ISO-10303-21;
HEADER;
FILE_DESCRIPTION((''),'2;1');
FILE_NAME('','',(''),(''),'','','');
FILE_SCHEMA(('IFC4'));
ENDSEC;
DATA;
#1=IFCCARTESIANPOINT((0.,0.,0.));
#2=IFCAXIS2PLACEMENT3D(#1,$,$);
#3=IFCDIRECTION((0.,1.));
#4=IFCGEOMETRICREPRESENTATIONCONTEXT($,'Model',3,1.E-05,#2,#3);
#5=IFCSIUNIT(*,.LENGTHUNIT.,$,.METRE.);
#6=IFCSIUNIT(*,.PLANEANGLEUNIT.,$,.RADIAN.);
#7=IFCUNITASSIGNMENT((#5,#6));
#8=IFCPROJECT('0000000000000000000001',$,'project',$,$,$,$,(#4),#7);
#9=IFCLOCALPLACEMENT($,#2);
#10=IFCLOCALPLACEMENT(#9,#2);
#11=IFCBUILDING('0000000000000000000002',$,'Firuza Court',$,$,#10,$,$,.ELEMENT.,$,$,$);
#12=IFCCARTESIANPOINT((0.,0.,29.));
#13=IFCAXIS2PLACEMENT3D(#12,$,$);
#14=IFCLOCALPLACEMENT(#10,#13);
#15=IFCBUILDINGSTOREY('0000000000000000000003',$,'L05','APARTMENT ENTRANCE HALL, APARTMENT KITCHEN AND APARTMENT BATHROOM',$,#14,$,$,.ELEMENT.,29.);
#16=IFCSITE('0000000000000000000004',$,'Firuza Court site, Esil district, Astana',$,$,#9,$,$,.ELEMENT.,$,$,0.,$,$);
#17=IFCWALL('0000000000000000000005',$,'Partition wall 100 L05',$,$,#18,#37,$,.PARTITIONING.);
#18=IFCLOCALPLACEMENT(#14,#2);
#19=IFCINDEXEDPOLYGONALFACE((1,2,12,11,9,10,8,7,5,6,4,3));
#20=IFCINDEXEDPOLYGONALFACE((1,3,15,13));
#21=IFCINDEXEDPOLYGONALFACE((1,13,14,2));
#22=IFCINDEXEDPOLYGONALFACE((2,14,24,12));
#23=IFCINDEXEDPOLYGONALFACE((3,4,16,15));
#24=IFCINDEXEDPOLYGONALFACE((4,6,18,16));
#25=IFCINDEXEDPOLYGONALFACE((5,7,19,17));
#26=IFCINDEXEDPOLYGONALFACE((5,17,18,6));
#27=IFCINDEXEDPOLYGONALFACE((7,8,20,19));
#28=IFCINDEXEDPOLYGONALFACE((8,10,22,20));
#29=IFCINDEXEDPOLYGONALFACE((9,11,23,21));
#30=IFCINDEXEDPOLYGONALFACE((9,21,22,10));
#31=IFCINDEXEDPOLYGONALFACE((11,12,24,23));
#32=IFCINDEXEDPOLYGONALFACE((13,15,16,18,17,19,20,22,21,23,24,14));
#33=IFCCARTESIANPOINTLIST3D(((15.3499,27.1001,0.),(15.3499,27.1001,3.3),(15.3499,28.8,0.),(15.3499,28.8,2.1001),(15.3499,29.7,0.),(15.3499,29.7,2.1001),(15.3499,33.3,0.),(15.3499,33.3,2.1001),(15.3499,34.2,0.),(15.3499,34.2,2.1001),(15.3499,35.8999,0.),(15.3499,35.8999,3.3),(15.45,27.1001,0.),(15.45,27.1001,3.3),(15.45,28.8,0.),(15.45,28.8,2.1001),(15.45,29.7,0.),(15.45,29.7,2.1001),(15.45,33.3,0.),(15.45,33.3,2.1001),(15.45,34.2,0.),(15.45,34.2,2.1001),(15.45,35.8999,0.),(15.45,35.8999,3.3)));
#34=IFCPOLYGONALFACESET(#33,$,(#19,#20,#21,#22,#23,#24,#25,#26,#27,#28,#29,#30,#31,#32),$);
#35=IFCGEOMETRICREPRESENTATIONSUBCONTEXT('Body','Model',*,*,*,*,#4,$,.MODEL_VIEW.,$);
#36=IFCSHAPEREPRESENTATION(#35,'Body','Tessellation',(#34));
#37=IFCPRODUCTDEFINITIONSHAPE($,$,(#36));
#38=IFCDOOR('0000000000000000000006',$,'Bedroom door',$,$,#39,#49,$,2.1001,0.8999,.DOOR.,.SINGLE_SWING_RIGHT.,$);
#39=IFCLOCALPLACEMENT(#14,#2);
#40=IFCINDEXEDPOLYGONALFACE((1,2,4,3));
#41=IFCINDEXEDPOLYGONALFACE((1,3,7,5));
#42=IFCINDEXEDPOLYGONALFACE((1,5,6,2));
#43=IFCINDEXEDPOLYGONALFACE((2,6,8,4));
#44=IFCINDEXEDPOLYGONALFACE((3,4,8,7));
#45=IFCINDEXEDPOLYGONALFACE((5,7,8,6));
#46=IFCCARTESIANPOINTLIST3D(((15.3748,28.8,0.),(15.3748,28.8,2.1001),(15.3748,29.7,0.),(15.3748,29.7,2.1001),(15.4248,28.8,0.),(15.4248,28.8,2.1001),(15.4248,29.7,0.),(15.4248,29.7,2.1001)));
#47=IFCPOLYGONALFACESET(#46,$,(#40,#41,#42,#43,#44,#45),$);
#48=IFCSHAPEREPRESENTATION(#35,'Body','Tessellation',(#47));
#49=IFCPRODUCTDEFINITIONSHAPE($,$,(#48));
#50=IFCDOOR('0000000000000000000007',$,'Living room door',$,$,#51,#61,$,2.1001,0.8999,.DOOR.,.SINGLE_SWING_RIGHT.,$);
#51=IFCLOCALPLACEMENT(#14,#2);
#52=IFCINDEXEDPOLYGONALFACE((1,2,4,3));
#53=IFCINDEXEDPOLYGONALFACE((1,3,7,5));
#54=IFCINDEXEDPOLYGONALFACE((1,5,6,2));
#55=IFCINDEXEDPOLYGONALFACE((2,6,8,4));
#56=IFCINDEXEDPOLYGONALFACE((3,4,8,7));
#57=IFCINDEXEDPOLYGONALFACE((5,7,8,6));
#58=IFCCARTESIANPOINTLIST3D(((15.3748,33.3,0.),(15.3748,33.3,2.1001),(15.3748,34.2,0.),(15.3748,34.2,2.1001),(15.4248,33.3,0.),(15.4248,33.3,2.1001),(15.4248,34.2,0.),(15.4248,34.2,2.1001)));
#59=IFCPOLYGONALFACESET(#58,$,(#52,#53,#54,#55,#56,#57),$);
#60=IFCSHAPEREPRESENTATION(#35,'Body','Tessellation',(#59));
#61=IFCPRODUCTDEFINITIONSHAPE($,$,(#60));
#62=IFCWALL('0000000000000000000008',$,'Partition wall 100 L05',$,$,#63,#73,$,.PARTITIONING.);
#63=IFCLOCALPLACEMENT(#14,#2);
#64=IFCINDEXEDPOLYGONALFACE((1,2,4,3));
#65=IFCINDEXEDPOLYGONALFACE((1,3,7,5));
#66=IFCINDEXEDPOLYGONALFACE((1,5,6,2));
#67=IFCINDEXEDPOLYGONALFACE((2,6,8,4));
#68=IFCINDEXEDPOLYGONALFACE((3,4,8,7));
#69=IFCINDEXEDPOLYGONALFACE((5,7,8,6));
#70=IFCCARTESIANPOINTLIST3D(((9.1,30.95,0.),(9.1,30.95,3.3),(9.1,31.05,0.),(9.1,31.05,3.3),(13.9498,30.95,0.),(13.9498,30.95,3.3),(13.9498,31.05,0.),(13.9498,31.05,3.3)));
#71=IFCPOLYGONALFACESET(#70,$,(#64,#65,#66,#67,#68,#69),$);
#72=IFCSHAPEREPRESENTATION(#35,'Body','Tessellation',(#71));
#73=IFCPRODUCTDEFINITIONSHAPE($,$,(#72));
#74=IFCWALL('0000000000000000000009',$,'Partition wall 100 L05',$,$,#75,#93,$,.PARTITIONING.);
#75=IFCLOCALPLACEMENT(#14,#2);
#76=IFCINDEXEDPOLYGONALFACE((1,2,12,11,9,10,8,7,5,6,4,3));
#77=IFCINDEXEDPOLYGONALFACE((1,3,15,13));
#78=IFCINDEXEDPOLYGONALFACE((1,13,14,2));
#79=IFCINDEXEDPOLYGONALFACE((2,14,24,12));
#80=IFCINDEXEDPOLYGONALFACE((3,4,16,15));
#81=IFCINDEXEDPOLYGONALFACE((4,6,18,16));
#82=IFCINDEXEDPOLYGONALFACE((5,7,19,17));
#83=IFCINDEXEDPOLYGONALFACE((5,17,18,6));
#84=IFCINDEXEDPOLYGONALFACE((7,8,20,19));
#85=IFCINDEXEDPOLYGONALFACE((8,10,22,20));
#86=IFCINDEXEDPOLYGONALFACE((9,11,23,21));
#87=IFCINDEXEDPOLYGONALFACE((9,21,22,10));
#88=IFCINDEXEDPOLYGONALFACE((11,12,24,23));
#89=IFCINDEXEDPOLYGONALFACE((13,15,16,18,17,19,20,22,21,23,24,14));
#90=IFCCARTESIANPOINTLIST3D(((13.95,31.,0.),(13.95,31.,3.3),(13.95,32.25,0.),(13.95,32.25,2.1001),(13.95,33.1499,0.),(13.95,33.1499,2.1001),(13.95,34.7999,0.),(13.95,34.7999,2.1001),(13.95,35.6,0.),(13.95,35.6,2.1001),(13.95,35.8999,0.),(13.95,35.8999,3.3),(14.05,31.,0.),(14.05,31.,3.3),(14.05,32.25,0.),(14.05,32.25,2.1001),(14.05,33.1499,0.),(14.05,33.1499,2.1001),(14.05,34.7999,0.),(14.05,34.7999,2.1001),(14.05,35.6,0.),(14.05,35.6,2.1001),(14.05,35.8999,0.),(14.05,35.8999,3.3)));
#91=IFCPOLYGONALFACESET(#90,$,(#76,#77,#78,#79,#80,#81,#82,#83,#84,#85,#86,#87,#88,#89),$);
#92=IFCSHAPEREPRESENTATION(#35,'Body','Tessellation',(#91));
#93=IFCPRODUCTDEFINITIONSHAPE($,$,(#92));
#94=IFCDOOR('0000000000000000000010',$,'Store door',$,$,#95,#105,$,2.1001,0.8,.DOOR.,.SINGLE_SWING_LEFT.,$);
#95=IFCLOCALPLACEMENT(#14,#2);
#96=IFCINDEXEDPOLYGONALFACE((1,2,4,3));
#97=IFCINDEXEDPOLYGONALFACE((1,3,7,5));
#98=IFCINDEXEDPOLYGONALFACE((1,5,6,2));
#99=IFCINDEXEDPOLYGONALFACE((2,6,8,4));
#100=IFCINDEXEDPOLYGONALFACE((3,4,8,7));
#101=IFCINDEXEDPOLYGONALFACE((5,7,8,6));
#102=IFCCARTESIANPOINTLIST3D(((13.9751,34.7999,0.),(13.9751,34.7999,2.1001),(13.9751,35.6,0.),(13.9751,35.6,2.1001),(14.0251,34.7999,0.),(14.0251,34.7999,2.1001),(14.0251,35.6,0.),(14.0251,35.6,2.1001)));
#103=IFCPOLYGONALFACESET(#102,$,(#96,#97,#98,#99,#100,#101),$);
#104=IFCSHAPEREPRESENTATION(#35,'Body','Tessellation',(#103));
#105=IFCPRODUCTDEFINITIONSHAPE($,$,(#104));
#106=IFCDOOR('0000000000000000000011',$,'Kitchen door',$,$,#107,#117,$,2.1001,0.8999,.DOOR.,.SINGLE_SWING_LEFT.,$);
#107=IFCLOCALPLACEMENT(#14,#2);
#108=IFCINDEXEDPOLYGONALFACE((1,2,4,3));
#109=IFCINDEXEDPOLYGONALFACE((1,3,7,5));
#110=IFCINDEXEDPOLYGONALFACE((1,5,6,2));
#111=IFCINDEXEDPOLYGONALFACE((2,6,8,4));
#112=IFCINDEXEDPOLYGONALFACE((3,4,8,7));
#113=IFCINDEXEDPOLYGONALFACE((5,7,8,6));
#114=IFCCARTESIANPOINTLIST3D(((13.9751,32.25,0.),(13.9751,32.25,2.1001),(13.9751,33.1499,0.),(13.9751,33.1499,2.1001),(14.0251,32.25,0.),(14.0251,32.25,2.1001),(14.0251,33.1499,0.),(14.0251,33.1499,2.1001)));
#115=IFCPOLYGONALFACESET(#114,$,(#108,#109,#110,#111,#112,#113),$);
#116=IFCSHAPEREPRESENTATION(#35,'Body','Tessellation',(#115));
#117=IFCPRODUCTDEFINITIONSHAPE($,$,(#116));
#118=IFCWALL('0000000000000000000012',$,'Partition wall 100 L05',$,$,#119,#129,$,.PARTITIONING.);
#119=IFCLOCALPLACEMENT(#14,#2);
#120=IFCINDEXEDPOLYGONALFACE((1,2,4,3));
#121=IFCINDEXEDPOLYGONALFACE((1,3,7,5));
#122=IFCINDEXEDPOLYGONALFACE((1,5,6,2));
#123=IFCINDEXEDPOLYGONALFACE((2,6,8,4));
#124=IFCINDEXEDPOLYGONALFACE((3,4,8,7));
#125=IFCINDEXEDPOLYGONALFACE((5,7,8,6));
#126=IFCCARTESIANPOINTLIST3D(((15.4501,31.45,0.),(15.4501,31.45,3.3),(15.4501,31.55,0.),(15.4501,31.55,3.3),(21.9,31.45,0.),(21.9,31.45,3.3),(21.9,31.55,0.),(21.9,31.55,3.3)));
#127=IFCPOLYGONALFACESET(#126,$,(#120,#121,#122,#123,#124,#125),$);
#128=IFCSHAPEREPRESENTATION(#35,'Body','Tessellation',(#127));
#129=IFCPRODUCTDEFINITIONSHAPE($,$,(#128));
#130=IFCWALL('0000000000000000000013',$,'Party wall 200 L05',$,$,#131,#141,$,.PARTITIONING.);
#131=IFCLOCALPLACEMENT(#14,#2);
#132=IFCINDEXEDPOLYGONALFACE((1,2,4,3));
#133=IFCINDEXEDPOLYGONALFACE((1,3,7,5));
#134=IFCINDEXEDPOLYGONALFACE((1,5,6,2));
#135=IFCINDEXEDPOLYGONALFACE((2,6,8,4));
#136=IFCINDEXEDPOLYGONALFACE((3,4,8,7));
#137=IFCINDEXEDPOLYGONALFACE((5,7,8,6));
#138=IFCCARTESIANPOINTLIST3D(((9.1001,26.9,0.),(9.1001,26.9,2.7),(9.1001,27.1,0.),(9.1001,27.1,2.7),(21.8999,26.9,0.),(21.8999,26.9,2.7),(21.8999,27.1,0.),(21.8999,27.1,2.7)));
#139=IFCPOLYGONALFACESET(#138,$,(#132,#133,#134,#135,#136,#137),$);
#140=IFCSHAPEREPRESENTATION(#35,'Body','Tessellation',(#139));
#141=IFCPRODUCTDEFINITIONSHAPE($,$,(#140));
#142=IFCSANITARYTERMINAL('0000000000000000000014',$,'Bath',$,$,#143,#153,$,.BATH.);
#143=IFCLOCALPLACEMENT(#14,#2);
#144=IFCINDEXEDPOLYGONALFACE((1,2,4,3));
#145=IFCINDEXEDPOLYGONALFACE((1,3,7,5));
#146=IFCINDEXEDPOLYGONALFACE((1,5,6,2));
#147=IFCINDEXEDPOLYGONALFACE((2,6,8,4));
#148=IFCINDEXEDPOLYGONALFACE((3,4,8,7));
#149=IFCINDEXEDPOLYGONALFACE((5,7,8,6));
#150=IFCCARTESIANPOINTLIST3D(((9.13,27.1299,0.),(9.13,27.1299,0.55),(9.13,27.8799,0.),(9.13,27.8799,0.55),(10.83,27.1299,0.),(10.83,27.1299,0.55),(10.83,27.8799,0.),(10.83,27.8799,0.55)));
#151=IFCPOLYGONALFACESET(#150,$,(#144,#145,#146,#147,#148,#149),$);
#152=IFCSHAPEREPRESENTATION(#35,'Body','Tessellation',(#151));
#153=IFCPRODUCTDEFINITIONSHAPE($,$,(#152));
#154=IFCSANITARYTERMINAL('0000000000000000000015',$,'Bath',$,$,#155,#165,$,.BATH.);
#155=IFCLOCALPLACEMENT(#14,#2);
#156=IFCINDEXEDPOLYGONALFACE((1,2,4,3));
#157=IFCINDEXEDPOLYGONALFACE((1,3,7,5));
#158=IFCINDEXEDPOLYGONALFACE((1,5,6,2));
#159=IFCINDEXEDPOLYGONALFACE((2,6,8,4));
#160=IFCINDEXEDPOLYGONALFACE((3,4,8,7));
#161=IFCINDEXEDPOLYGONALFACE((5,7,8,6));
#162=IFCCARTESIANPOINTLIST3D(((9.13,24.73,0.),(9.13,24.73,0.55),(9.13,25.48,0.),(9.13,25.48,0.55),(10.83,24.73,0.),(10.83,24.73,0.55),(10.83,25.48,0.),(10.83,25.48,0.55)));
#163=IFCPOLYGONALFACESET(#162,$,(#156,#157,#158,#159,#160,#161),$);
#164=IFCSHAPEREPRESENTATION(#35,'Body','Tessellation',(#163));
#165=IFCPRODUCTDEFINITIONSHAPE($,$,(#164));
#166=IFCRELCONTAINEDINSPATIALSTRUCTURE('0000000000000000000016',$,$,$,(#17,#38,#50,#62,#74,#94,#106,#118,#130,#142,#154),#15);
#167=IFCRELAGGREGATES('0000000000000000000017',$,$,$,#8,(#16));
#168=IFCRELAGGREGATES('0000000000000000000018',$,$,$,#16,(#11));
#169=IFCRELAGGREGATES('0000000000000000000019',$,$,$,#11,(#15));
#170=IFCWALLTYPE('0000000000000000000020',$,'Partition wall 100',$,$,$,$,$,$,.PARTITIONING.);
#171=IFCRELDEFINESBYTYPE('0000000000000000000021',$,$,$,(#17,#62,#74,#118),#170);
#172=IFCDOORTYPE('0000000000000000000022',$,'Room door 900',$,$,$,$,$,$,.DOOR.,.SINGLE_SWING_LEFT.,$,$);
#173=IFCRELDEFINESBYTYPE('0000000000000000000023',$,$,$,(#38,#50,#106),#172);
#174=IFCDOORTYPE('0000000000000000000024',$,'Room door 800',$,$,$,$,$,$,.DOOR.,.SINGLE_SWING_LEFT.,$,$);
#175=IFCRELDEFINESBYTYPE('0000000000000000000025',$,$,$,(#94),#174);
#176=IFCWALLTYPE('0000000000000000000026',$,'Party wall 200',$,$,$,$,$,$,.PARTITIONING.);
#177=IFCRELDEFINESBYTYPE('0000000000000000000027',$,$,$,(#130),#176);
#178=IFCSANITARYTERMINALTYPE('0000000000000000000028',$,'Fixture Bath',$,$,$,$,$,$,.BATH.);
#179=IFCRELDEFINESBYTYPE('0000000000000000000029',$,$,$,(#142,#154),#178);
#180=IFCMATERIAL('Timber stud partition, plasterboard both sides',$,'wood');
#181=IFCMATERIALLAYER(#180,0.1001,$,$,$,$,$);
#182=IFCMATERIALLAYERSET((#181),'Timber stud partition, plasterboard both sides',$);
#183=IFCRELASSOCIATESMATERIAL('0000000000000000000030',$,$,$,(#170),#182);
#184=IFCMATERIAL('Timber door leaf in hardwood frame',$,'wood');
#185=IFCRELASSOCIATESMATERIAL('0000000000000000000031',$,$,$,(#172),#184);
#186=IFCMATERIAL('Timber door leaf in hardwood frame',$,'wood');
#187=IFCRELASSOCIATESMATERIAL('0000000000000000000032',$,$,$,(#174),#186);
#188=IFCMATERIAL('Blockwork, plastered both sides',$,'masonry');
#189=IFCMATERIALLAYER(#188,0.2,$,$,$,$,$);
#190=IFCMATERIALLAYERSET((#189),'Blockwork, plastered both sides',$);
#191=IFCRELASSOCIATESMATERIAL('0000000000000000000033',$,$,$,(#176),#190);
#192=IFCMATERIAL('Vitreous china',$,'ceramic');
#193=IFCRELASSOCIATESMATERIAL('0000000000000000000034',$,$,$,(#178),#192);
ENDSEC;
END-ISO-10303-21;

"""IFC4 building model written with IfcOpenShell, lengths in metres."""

from ifc_helpers import new_model, si_unit, direction, frame, frame_2d, origin, origin_2d, place, context, subcontext, project, spatial, rectangle, extrude, material, layer, layer_set, type_object, element, fill, save


model = new_model("IFC4")

# Units and contexts
model_context = context("Model", 3, precision=1e-05, world=origin(), true_north=direction((0.0, 1.0)))
body_context = subcontext(model_context, "Body", "Model", "MODEL_VIEW")
ifc_project = project(units=[si_unit("LENGTHUNIT", "METRE"), si_unit("PLANEANGLEUNIT", "RADIAN")], contexts=[model_context])

# Site, building, storey
site_placement = place(None, origin())
site = spatial("IfcSite", under=ifc_project, at=site_placement, Name="Firuza Court site, Esil district, Astana", CompositionType="ELEMENT", RefElevation=0.0)
building_placement = place(site_placement, origin())
building = spatial("IfcBuilding", under=site, at=building_placement, Name="Firuza Court", CompositionType="ELEMENT")
storey_placement = place(building_placement, frame((0.0, 0.0, 29.0)))
storey = spatial("IfcBuildingStorey", under=building, at=storey_placement, Name="L05", Description="APARTMENT ENTRANCE HALL, APARTMENT KITCHEN AND APARTMENT BATHROOM", CompositionType="ELEMENT", Elevation=29.0)

# Shared definitions
ifc_material_1 = material(Name="Timber stud partition, plasterboard both sides", Category="wood")
ifc_layer_1 = layer(ifc_material_1, 0.1001)
ifc_layer_set_1 = layer_set([ifc_layer_1], Name="Timber stud partition, plasterboard both sides")
wall_type_1 = type_object("IfcWallType", Name="Partition wall 100", PredefinedType="PARTITIONING", material=ifc_layer_set_1)

# Wall, openings, doors
wall_1_placement = place(storey_placement, frame((15.3999, 27.1001, 0.0), z_axis=(0.0, 0.0, 1.0), x_axis=(0.0, 1.0, 0.0)))
wall_1 = element("IfcWall", 1, at=wall_1_placement, inside=storey, type_object=wall_type_1, Name="Partition wall 100 L05", PredefinedType="PARTITIONING", context=body_context, shape_type="SweptSolid", body=[
    extrude(rectangle(XDim=8.7998, YDim=0.1001, at=frame_2d((4.3999, 0.0))), origin(), (0.0, 0.0, 1.0), 3.3),
])
opening_1_placement = place(wall_1_placement, frame((1.7, 0.0, 0.0)))
opening_1 = element("IfcOpeningElement", 2, at=opening_1_placement, cuts=wall_1, PredefinedType="OPENING", context=body_context, shape_type="SweptSolid", body=[
    extrude(rectangle(XDim=0.8999, YDim=2.1001, at=frame_2d((0.45, 1.05))), frame((0.0, 0.062, 0.0), z_axis=(0.0, -1.0, 0.0), x_axis=(1.0, 0.0, 0.0)), (0.0, 0.0, 1.0), 0.124),
])
opening_2_placement = place(wall_1_placement, frame((6.2, 0.0, 0.0)))
opening_2 = element("IfcOpeningElement", 3, at=opening_2_placement, cuts=wall_1, PredefinedType="OPENING", context=body_context, shape_type="SweptSolid", body=[
    extrude(rectangle(XDim=0.8999, YDim=2.1001, at=frame_2d((0.45, 1.05))), frame((0.0, 0.062, 0.0), z_axis=(0.0, -1.0, 0.0), x_axis=(1.0, 0.0, 0.0)), (0.0, 0.0, 1.0), 0.124),
])
ifc_material_2 = material(Name="Timber door leaf in hardwood frame", Category="wood")
door_type_1 = type_object("IfcDoorType", Name="Room door 900", OperationType="SINGLE_SWING_LEFT", PredefinedType="DOOR", material=ifc_material_2)
door_1_placement = place(opening_1_placement, frame((0.8999, 0.0, 0.0), z_axis=(0.0, 0.0, 1.0), x_axis=(-1.0, 0.0, 0.0)))
door_1 = element("IfcDoor", 4, at=door_1_placement, inside=storey, type_object=door_type_1, Name="Bedroom door", OperationType="SINGLE_SWING_RIGHT", OverallHeight=2.1001, OverallWidth=0.8999, PredefinedType="DOOR", context=body_context, shape_type="SweptSolid", body=[
    extrude(rectangle(XDim=0.8999, YDim=2.1001, at=frame_2d((0.45, 1.05))), frame((0.0, 0.0249, 0.0), z_axis=(0.0, -1.0, 0.0), x_axis=(1.0, 0.0, 0.0)), (0.0, 0.0, 1.0), 0.05),
])
fill(opening_1, door_1)
door_2_placement = place(opening_2_placement, frame((0.8999, 0.0, 0.0), z_axis=(0.0, 0.0, 1.0), x_axis=(-1.0, 0.0, 0.0)))
door_2 = element("IfcDoor", 5, at=door_2_placement, inside=storey, type_object=door_type_1, Name="Living room door", OperationType="SINGLE_SWING_RIGHT", OverallHeight=2.1001, OverallWidth=0.8999, PredefinedType="DOOR", context=body_context, shape_type="SweptSolid", body=[
    extrude(rectangle(XDim=0.8999, YDim=2.1001, at=frame_2d((0.45, 1.05))), frame((0.0, 0.0249, 0.0), z_axis=(0.0, -1.0, 0.0), x_axis=(1.0, 0.0, 0.0)), (0.0, 0.0, 1.0), 0.05),
])
fill(opening_2, door_2)

# Wall
wall_2_placement = place(storey_placement, frame((9.1001, 31.0, 0.0), z_axis=(0.0, 0.0, 1.0), x_axis=(1.0, 0.0, 0.0)))
element("IfcWall", 6, at=wall_2_placement, inside=storey, type_object=wall_type_1, Name="Partition wall 100 L05", PredefinedType="PARTITIONING", context=body_context, shape_type="SweptSolid", body=[
    extrude(rectangle(XDim=4.8499, YDim=0.1001, at=frame_2d((2.4248, 0.0))), origin(), (0.0, 0.0, 1.0), 3.3),
])

# Wall, openings, doors
wall_3_placement = place(storey_placement, frame((14.0, 31.0, 0.0), z_axis=(0.0, 0.0, 1.0), x_axis=(0.0, 1.0, 0.0)))
wall_3 = element("IfcWall", 7, at=wall_3_placement, inside=storey, type_object=wall_type_1, Name="Partition wall 100 L05", PredefinedType="PARTITIONING", context=body_context, shape_type="SweptSolid", body=[
    extrude(rectangle(XDim=4.8999, YDim=0.1001, at=frame_2d((2.45, 0.0))), origin(), (0.0, 0.0, 1.0), 3.3),
])
opening_3_placement = place(wall_3_placement, frame((1.25, 0.0, 0.0)))
opening_3 = element("IfcOpeningElement", 8, at=opening_3_placement, cuts=wall_3, PredefinedType="OPENING", context=body_context, shape_type="SweptSolid", body=[
    extrude(rectangle(XDim=0.8999, YDim=2.1001, at=frame_2d((0.45, 1.05))), frame((0.0, 0.062, 0.0), z_axis=(0.0, -1.0, 0.0), x_axis=(1.0, 0.0, 0.0)), (0.0, 0.0, 1.0), 0.124),
])
opening_4_placement = place(wall_3_placement, frame((3.8, 0.0, 0.0)))
opening_4 = element("IfcOpeningElement", 9, at=opening_4_placement, cuts=wall_3, PredefinedType="OPENING", context=body_context, shape_type="SweptSolid", body=[
    extrude(rectangle(XDim=0.8, YDim=2.1001, at=frame_2d((0.3999, 1.05))), frame((0.0, 0.062, 0.0), z_axis=(0.0, -1.0, 0.0), x_axis=(1.0, 0.0, 0.0)), (0.0, 0.0, 1.0), 0.124),
])
ifc_material_3 = material(Name="Timber door leaf in hardwood frame", Category="wood")
door_type_2 = type_object("IfcDoorType", Name="Room door 800", OperationType="SINGLE_SWING_LEFT", PredefinedType="DOOR", material=ifc_material_3)
door_3_placement = place(opening_4_placement, origin())
door_3 = element("IfcDoor", 10, at=door_3_placement, inside=storey, type_object=door_type_2, Name="Store door", OperationType="SINGLE_SWING_LEFT", OverallHeight=2.1001, OverallWidth=0.8, PredefinedType="DOOR", context=body_context, shape_type="SweptSolid", body=[
    extrude(rectangle(XDim=0.8, YDim=2.1001, at=frame_2d((0.3999, 1.05))), frame((0.0, 0.0249, 0.0), z_axis=(0.0, -1.0, 0.0), x_axis=(1.0, 0.0, 0.0)), (0.0, 0.0, 1.0), 0.05),
])
fill(opening_4, door_3)
door_4_placement = place(opening_3_placement, origin())
door_4 = element("IfcDoor", 11, at=door_4_placement, inside=storey, type_object=door_type_1, Name="Kitchen door", OperationType="SINGLE_SWING_LEFT", OverallHeight=2.1001, OverallWidth=0.8999, PredefinedType="DOOR", context=body_context, shape_type="SweptSolid", body=[
    extrude(rectangle(XDim=0.8999, YDim=2.1001, at=frame_2d((0.45, 1.05))), frame((0.0, 0.0249, 0.0), z_axis=(0.0, -1.0, 0.0), x_axis=(1.0, 0.0, 0.0)), (0.0, 0.0, 1.0), 0.05),
])
fill(opening_3, door_4)

# Walls
wall_4_placement = place(storey_placement, frame((15.45, 31.5, 0.0), z_axis=(0.0, 0.0, 1.0), x_axis=(1.0, 0.0, 0.0)))
element("IfcWall", 12, at=wall_4_placement, inside=storey, type_object=wall_type_1, Name="Partition wall 100 L05", PredefinedType="PARTITIONING", context=body_context, shape_type="SweptSolid", body=[
    extrude(rectangle(XDim=6.45, YDim=0.1001, at=frame_2d((3.2251, 0.0))), origin(), (0.0, 0.0, 1.0), 3.3),
])
ifc_material_4 = material(Name="Blockwork, plastered both sides", Category="masonry")
ifc_layer_2 = layer(ifc_material_4, 0.2)
ifc_layer_set_2 = layer_set([ifc_layer_2], Name="Blockwork, plastered both sides")
wall_type_2 = type_object("IfcWallType", Name="Party wall 200", PredefinedType="PARTITIONING", material=ifc_layer_set_2)
wall_5_placement = place(storey_placement, frame((9.1001, 27.0, 0.0), z_axis=(0.0, 0.0, 1.0), x_axis=(1.0, 0.0, 0.0)))
element("IfcWall", 13, at=wall_5_placement, inside=storey, type_object=wall_type_2, Name="Party wall 200 L05", PredefinedType="PARTITIONING", context=body_context, shape_type="SweptSolid", body=[
    extrude(rectangle(XDim=12.7998, YDim=0.2, at=frame_2d((6.3999, 0.0))), origin(), (0.0, 0.0, 1.0), 2.7),
])

# Sanitary terminals
ifc_material_5 = material(Name="Vitreous china", Category="ceramic")
sanitary_terminal_type_1 = type_object("IfcSanitaryTerminalType", Name="Fixture Bath", PredefinedType="BATH", material=ifc_material_5)
for number, where, z_axis, x_axis, name in (
    (14, (9.98, 27.5049, 0.0), (0.0, 0.0, 1.0), (1.0, 0.0, 0.0), "Bath"),
    (15, (9.98, 25.105, 0.0), (0.0, 0.0, 1.0), (1.0, 0.0, 0.0), "Bath"),
):
    element("IfcSanitaryTerminal", number, at=place(storey_placement, frame(where, z_axis=z_axis, x_axis=x_axis)), inside=storey, type_object=sanitary_terminal_type_1, Name=name, PredefinedType="BATH", context=body_context, shape_type="SweptSolid", body=[
        extrude(rectangle(XDim=1.7, YDim=0.75, at=origin_2d()), origin(), (0.0, 0.0, 1.0), 0.55),
    ])

save(model, "model.ifc")
